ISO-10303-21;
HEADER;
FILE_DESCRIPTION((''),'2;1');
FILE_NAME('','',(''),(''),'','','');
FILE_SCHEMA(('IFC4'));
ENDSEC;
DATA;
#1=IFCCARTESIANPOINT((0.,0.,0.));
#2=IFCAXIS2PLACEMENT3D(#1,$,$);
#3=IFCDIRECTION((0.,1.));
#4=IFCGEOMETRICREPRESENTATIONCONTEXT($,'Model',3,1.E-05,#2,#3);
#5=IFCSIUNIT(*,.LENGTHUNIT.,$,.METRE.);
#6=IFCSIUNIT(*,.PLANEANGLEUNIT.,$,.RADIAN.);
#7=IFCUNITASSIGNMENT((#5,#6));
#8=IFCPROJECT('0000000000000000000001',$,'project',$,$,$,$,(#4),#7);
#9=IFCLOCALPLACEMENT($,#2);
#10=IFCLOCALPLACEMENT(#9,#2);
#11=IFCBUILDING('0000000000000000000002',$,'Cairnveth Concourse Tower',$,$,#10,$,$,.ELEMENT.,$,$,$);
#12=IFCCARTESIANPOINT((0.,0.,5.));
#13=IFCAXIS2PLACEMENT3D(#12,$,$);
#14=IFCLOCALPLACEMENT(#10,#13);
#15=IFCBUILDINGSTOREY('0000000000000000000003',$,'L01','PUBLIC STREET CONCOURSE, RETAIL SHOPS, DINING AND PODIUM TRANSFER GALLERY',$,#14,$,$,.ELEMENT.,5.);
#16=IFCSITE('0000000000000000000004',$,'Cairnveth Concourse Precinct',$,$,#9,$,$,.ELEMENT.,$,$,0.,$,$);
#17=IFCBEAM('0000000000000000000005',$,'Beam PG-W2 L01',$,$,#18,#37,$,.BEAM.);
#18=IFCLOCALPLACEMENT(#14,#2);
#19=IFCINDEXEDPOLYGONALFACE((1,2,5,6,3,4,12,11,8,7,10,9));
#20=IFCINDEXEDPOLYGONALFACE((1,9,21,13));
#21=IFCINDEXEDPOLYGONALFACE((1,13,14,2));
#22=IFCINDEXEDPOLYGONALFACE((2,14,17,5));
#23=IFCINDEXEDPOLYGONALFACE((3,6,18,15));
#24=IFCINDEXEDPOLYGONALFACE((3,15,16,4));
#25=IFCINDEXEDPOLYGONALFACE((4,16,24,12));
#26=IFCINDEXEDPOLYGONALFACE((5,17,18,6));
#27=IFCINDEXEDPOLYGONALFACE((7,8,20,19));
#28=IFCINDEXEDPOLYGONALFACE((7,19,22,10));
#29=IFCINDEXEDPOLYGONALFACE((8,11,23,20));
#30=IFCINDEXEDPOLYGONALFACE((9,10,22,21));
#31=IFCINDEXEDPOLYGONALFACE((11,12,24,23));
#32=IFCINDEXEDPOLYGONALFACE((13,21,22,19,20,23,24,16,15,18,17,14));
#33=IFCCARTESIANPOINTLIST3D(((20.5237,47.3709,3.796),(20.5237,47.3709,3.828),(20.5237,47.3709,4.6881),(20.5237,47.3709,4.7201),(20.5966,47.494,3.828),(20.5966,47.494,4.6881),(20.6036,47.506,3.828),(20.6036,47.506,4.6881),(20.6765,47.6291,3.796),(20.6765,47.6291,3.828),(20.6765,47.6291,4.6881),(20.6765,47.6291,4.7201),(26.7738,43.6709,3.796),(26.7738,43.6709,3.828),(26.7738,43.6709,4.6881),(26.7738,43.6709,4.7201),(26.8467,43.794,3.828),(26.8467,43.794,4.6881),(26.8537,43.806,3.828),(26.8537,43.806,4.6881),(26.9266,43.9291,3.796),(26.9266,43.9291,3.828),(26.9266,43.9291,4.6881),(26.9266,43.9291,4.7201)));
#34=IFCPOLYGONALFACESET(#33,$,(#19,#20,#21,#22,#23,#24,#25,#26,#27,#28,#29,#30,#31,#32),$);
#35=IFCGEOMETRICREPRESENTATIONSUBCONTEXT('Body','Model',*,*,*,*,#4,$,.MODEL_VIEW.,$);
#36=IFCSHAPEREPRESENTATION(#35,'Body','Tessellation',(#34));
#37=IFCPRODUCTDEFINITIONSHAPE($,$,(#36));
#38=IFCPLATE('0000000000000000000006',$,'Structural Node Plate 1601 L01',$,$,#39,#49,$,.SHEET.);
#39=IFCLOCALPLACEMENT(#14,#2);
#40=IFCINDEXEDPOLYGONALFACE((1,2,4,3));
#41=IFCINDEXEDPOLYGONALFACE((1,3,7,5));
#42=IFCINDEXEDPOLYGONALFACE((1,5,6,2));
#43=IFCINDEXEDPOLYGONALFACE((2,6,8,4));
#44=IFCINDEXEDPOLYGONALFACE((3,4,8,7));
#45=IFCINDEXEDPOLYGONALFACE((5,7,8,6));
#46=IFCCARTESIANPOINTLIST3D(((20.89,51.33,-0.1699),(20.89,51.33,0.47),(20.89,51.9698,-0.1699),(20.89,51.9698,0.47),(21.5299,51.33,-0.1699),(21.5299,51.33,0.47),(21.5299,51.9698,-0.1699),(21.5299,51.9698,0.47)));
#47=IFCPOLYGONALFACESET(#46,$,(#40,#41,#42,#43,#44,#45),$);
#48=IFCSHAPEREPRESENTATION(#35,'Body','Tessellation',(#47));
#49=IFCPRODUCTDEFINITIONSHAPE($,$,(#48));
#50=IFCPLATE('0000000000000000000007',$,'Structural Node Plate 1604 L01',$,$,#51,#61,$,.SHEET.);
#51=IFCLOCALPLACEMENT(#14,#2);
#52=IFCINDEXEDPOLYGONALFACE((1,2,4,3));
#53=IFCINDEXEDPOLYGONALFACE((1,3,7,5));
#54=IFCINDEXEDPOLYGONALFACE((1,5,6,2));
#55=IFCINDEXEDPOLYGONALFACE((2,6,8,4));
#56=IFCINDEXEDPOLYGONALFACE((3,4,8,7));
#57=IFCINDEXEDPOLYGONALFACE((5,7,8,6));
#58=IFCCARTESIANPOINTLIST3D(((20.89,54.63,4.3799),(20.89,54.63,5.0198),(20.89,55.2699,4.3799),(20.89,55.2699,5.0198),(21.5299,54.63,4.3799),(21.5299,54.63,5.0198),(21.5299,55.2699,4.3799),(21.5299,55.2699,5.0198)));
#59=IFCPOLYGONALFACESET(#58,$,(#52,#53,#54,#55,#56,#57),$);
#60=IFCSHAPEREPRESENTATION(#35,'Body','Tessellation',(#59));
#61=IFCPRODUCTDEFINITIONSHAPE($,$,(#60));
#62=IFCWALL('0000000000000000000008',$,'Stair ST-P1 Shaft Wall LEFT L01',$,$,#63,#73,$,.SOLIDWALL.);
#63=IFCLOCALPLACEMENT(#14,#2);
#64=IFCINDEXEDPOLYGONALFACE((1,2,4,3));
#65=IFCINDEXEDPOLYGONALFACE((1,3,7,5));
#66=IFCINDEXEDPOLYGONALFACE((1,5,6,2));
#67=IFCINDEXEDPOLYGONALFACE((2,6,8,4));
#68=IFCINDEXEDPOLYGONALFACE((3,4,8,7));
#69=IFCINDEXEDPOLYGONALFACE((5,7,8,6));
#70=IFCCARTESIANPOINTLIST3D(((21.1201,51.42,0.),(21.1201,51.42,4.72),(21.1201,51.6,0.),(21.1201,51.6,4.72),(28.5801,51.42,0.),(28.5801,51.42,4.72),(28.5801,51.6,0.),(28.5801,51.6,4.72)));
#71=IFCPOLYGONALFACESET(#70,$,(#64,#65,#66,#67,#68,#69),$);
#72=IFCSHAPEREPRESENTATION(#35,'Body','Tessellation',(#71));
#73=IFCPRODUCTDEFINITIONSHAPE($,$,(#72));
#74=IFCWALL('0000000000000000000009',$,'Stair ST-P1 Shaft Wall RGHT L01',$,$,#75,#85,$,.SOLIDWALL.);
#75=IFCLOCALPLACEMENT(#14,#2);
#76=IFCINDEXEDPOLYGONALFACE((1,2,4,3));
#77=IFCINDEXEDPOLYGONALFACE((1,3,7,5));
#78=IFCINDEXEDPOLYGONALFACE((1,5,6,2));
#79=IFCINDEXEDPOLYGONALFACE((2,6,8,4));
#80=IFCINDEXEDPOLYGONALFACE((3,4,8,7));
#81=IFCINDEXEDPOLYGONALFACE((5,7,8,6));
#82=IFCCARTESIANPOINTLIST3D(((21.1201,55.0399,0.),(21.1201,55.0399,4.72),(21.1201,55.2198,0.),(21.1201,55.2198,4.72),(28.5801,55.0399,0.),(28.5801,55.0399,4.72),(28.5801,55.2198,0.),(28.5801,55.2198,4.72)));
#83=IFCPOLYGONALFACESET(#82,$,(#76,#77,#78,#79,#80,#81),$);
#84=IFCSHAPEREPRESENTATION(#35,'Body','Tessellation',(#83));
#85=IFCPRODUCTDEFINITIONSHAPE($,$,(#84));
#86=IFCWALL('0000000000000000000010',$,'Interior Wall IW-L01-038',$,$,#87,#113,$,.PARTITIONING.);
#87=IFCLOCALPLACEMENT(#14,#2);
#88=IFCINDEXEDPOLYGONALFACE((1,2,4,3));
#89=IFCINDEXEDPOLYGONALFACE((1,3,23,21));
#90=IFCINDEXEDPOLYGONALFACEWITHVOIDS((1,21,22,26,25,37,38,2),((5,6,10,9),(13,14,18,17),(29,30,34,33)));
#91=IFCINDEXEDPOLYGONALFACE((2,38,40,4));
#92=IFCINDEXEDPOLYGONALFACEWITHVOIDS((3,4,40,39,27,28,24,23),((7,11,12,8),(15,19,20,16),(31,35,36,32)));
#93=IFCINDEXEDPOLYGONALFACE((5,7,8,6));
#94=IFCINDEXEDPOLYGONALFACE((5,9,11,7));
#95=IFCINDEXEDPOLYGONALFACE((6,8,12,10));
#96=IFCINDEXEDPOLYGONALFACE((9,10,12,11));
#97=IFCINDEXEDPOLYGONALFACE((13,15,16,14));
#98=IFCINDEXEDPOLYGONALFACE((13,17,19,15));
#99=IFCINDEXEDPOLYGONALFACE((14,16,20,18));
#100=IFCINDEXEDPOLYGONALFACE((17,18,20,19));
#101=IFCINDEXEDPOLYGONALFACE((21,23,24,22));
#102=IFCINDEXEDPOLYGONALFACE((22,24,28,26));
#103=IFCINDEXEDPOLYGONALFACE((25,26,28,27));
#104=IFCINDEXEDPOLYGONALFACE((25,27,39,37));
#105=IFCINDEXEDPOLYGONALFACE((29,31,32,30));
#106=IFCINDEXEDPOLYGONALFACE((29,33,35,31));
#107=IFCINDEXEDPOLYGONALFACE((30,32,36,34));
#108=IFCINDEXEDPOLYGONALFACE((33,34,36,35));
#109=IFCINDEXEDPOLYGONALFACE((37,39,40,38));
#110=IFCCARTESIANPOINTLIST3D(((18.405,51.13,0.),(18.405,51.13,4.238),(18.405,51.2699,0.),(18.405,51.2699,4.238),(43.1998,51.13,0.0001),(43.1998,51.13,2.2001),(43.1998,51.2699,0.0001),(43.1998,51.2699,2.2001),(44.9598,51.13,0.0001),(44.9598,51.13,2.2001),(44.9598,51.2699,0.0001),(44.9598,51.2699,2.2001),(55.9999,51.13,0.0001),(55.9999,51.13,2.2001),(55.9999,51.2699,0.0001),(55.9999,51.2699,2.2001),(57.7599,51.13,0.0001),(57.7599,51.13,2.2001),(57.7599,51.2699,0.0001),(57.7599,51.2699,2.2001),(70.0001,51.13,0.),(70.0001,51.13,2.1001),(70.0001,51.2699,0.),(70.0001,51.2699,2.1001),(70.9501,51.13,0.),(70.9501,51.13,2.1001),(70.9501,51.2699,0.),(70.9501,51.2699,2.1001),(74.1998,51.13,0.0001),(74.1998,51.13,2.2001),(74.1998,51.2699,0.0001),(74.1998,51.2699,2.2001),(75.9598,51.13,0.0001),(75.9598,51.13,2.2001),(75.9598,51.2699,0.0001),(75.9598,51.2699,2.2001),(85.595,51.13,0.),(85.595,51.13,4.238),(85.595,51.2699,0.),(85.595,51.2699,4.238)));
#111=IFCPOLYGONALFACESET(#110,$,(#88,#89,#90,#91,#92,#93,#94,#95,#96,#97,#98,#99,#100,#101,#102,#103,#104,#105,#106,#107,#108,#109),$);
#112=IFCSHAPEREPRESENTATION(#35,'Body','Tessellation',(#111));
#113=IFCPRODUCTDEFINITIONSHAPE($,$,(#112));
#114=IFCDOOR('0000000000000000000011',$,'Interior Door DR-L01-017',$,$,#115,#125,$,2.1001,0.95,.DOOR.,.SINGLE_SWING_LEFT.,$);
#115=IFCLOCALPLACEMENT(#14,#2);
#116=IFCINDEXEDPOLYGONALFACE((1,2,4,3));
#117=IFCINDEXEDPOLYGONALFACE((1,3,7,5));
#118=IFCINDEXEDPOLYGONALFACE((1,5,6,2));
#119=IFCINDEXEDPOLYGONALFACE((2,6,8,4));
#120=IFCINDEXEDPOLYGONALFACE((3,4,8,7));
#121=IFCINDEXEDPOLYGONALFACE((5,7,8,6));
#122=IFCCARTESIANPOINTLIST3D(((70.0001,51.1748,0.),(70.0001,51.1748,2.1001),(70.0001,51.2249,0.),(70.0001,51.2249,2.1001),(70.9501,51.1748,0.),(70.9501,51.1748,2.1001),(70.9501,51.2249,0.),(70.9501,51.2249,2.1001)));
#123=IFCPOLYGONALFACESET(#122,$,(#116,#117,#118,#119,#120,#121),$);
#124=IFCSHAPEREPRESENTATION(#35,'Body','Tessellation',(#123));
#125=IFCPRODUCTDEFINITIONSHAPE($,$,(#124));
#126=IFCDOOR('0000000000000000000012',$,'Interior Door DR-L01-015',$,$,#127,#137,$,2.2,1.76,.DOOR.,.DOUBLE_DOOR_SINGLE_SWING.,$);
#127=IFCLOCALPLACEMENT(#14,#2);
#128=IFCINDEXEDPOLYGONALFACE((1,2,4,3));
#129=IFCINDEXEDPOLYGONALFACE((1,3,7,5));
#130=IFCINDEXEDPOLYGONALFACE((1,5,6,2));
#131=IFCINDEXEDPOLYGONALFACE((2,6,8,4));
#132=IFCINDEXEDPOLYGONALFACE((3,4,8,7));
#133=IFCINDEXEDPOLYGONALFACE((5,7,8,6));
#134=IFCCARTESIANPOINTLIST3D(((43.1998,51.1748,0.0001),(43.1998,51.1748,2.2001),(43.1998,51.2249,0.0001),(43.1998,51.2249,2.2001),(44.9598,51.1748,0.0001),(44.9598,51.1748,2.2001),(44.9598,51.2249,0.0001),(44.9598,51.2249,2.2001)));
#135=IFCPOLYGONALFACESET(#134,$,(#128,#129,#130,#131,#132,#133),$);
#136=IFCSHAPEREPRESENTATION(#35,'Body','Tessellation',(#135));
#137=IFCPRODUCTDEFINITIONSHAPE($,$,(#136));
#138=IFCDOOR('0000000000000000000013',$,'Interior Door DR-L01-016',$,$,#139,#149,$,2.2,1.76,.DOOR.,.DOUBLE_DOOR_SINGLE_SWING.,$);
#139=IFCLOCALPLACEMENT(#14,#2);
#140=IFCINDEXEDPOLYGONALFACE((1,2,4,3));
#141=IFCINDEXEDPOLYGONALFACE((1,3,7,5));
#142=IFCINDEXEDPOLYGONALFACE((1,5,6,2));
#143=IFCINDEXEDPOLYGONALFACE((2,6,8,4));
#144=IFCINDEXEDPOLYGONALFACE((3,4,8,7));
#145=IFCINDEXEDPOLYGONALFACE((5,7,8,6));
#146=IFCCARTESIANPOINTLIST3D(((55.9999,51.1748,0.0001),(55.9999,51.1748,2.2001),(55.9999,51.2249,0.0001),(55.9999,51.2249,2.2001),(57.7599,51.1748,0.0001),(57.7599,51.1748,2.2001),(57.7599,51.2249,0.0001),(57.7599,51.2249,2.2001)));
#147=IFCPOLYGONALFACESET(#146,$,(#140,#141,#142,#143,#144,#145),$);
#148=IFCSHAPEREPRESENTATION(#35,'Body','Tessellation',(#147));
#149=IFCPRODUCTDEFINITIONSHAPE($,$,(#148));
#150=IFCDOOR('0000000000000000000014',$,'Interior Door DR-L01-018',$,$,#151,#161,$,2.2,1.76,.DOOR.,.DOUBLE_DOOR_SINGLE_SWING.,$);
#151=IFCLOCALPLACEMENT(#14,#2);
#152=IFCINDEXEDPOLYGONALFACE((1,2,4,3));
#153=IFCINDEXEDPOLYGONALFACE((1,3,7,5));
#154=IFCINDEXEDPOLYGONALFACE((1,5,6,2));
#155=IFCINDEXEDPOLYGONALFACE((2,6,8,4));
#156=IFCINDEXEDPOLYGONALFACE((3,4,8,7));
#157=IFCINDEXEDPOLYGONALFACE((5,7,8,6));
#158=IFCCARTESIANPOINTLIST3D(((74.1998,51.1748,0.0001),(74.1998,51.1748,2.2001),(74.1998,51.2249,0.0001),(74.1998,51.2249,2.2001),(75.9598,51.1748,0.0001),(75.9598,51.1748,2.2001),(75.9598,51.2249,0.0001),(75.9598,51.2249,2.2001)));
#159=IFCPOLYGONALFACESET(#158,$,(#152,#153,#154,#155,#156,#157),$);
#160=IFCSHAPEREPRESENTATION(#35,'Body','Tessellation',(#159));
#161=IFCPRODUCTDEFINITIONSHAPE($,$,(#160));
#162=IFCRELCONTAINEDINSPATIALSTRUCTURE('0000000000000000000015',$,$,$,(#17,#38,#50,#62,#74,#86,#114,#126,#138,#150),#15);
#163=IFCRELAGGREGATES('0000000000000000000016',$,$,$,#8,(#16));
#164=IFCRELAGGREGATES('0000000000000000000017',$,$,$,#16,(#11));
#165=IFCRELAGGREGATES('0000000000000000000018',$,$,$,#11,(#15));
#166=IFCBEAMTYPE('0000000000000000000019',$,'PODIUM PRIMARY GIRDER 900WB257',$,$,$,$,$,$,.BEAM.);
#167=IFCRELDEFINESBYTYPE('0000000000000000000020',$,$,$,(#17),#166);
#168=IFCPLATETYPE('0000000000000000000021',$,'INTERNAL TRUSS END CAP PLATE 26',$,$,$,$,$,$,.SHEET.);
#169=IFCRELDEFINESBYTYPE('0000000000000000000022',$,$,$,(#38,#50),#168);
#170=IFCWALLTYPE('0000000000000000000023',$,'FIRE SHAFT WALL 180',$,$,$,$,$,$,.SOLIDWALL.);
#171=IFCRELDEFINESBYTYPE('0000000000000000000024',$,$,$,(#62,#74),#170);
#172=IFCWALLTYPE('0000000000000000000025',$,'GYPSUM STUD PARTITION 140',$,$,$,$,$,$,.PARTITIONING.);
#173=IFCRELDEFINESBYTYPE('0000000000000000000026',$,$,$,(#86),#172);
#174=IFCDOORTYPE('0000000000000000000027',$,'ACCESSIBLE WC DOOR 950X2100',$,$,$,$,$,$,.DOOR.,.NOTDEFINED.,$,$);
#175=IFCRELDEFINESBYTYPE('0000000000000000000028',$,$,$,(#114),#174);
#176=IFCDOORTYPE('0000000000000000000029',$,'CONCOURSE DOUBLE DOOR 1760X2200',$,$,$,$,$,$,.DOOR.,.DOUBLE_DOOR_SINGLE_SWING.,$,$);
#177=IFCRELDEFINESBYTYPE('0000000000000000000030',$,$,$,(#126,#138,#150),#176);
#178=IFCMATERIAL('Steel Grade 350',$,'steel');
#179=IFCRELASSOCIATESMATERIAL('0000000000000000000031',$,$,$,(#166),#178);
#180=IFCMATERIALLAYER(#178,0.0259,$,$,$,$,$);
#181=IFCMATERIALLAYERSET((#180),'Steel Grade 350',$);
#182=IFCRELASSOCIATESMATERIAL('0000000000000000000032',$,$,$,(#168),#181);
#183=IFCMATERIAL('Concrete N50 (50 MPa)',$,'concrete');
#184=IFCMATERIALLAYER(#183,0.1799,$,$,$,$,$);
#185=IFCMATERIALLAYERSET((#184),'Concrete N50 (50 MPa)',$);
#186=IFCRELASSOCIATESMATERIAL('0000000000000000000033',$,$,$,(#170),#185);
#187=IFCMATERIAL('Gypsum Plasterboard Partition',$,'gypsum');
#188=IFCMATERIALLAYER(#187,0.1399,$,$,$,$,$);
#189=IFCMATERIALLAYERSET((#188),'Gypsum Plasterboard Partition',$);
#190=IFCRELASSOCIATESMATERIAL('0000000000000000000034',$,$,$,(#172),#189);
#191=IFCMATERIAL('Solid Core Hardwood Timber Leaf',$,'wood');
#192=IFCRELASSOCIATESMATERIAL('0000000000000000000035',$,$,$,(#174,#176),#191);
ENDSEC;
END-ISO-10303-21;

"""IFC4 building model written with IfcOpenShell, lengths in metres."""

from ifc_helpers import new_model, si_unit, direction, frame, frame_2d, origin, origin_2d, place, context, subcontext, project, spatial, rectangle, i_section, extrude, material, layer, layer_set, material_profile, profile_set, type_object, element, fill, save


model = new_model("IFC4")

# Units and contexts
model_context = context("Model", 3, precision=1e-05, world=origin(), true_north=direction((0.0, 1.0)))
body_context = subcontext(model_context, "Body", "Model", "MODEL_VIEW")
ifc_project = project(units=[si_unit("LENGTHUNIT", "METRE"), si_unit("PLANEANGLEUNIT", "RADIAN")], contexts=[model_context])

# Site, building, storey
site_placement = place(None, origin())
site = spatial("IfcSite", under=ifc_project, at=site_placement, Name="Cairnveth Concourse Precinct", CompositionType="ELEMENT", RefElevation=0.0)
building_placement = place(site_placement, origin())
building = spatial("IfcBuilding", under=site, at=building_placement, Name="Cairnveth Concourse Tower", CompositionType="ELEMENT")
storey_placement = place(building_placement, frame((0.0, 0.0, 5.0)))
storey = spatial("IfcBuildingStorey", under=building, at=storey_placement, Name="L01", Description="PUBLIC STREET CONCOURSE, RETAIL SHOPS, DINING AND PODIUM TRANSFER GALLERY", CompositionType="ELEMENT", Elevation=5.0)

# Beam
ifc_material_1 = material(Name="Steel Grade 350", Category="steel")
ifc_material_profile_1 = material_profile(ifc_material_1, i_section(OverallWidth=0.3, OverallDepth=0.9241, WebThickness=0.0139, FlangeThickness=0.032, at=origin_2d()), Name="900WB257")
ifc_profile_set_1 = profile_set([ifc_material_profile_1], Name="Steel Grade 350")
beam_type_1 = type_object("IfcBeamType", Name="PODIUM PRIMARY GIRDER 900WB257", PredefinedType="BEAM", material=ifc_profile_set_1)
beam_1_placement = place(storey_placement, frame((20.6001, 47.5, 4.2581), z_axis=(0.860518, -0.50942, 0.0), x_axis=(0.50942, 0.860518, 0.0)))
element("IfcBeam", 1, at=beam_1_placement, inside=storey, type_object=beam_type_1, Name="Beam PG-W2 L01", PredefinedType="BEAM", context=body_context, shape_type="SweptSolid", body=[
    extrude(i_section(OverallWidth=0.3, OverallDepth=0.9241, WebThickness=0.0139, FlangeThickness=0.032, at=origin_2d()), origin(), (0.0, 0.0, 1.0), 7.2632),
])

# Plates
ifc_layer_1 = layer(ifc_material_1, 0.0259)
ifc_layer_set_1 = layer_set([ifc_layer_1], Name="Steel Grade 350")
plate_type = type_object("IfcPlateType", Name="INTERNAL TRUSS END CAP PLATE 26", PredefinedType="SHEET", material=ifc_layer_set_1)
for number, where, z_axis, x_axis, name in (
    (2, (21.21, 51.6499, -0.1699), (0.0, 0.0, 1.0), (1.0, 0.0, 0.0), "Structural Node Plate 1601 L01"),
    (3, (21.21, 54.95, 4.3799), (0.0, 0.0, 1.0), (1.0, 0.0, 0.0), "Structural Node Plate 1604 L01"),
):
    element("IfcPlate", number, at=place(storey_placement, frame(where, z_axis=z_axis, x_axis=x_axis)), inside=storey, type_object=plate_type, Name=name, PredefinedType="SHEET", context=body_context, shape_type="SweptSolid", body=[
        extrude(rectangle(XDim=0.6399, YDim=0.6399, at=origin_2d()), origin(), (0.0, 0.0, 1.0), 0.6399),
    ])

# Shared definitions
ifc_material_2 = material(Name="Concrete N50 (50 MPa)", Category="concrete")
ifc_layer_2 = layer(ifc_material_2, 0.1799)
ifc_layer_set_2 = layer_set([ifc_layer_2], Name="Concrete N50 (50 MPa)")
wall_type_1 = type_object("IfcWallType", Name="FIRE SHAFT WALL 180", PredefinedType="SOLIDWALL", material=ifc_layer_set_2)

# Walls
for number, where, z_axis, x_axis, name in (
    (4, (21.1201, 51.51, 0.0), (0.0, 0.0, 1.0), (1.0, 0.0, 0.0), "Stair ST-P1 Shaft Wall LEFT L01"),
    (5, (21.1201, 55.1299, 0.0), (0.0, 0.0, 1.0), (1.0, 0.0, 0.0), "Stair ST-P1 Shaft Wall RGHT L01"),
):
    element("IfcWall", number, at=place(storey_placement, frame(where, z_axis=z_axis, x_axis=x_axis)), inside=storey, type_object=wall_type_1, Name=name, PredefinedType="SOLIDWALL", context=body_context, shape_type="SweptSolid", body=[
        extrude(rectangle(XDim=7.46, YDim=0.1799, at=frame_2d((3.73, 0.0))), origin(), (0.0, 0.0, 1.0), 4.72),
    ])

# Wall, openings, doors
ifc_material_3 = material(Name="Gypsum Plasterboard Partition", Category="gypsum")
ifc_layer_3 = layer(ifc_material_3, 0.1399)
ifc_layer_set_3 = layer_set([ifc_layer_3], Name="Gypsum Plasterboard Partition")
wall_type_2 = type_object("IfcWallType", Name="GYPSUM STUD PARTITION 140", PredefinedType="PARTITIONING", material=ifc_layer_set_3)
wall_1_placement = place(storey_placement, frame((18.405, 51.2, 0.0), z_axis=(0.0, 0.0, 1.0), x_axis=(1.0, 0.0, 0.0)))
wall_1 = element("IfcWall", 6, at=wall_1_placement, inside=storey, type_object=wall_type_2, Name="Interior Wall IW-L01-038", PredefinedType="PARTITIONING", context=body_context, shape_type="SweptSolid", body=[
    extrude(rectangle(XDim=67.1899, YDim=0.1399, at=frame_2d((33.595, 0.0))), origin(), (0.0, 0.0, 1.0), 4.238),
])
opening_1_placement = place(wall_1_placement, frame((24.7949, 0.0, 0.0)))
opening_1 = element("IfcOpeningElement", 7, at=opening_1_placement, cuts=wall_1, PredefinedType="OPENING", context=body_context, shape_type="SweptSolid", body=[
    extrude(rectangle(XDim=1.76, YDim=2.2, at=frame_2d((0.8799, 1.1001))), frame((0.0, 0.0798, 0.0), z_axis=(0.0, -1.0, 0.0), x_axis=(1.0, 0.0, 0.0)), (0.0, 0.0, 1.0), 0.1599),
])
opening_2_placement = place(wall_1_placement, frame((37.595, 0.0, 0.0)))
opening_2 = element("IfcOpeningElement", 8, at=opening_2_placement, cuts=wall_1, PredefinedType="OPENING", context=body_context, shape_type="SweptSolid", body=[
    extrude(rectangle(XDim=1.76, YDim=2.2, at=frame_2d((0.8799, 1.1001))), frame((0.0, 0.0798, 0.0), z_axis=(0.0, -1.0, 0.0), x_axis=(1.0, 0.0, 0.0)), (0.0, 0.0, 1.0), 0.1599),
])
opening_3_placement = place(wall_1_placement, frame((51.595, 0.0, 0.0)))
opening_3 = element("IfcOpeningElement", 9, at=opening_3_placement, cuts=wall_1, PredefinedType="OPENING", context=body_context, shape_type="SweptSolid", body=[
    extrude(rectangle(XDim=0.95, YDim=2.1001, at=frame_2d((0.4751, 1.05))), frame((0.0, 0.0798, 0.0), z_axis=(0.0, -1.0, 0.0), x_axis=(1.0, 0.0, 0.0)), (0.0, 0.0, 1.0), 0.1599),
])
opening_4_placement = place(wall_1_placement, frame((55.7949, 0.0, 0.0)))
opening_4 = element("IfcOpeningElement", 10, at=opening_4_placement, cuts=wall_1, PredefinedType="OPENING", context=body_context, shape_type="SweptSolid", body=[
    extrude(rectangle(XDim=1.76, YDim=2.2, at=frame_2d((0.8799, 1.1001))), frame((0.0, 0.0798, 0.0), z_axis=(0.0, -1.0, 0.0), x_axis=(1.0, 0.0, 0.0)), (0.0, 0.0, 1.0), 0.1599),
])
ifc_material_4 = material(Name="Solid Core Hardwood Timber Leaf", Category="wood")
door_type_1 = type_object("IfcDoorType", Name="ACCESSIBLE WC DOOR 950X2100", OperationType="NOTDEFINED", PredefinedType="DOOR", material=ifc_material_4)
door_1_placement = place(opening_3_placement, origin())
door_1 = element("IfcDoor", 11, at=door_1_placement, inside=storey, type_object=door_type_1, Name="Interior Door DR-L01-017", OperationType="SINGLE_SWING_LEFT", OverallHeight=2.1001, OverallWidth=0.95, PredefinedType="DOOR", context=body_context, shape_type="SweptSolid", body=[
    extrude(rectangle(XDim=0.95, YDim=2.1001, at=frame_2d((0.4751, 1.05))), frame((0.0, 0.0249, 0.0), z_axis=(0.0, -1.0, 0.0), x_axis=(1.0, 0.0, 0.0)), (0.0, 0.0, 1.0), 0.05),
])
fill(opening_3, door_1)
door_type_2 = type_object("IfcDoorType", Name="CONCOURSE DOUBLE DOOR 1760X2200", OperationType="DOUBLE_DOOR_SINGLE_SWING", PredefinedType="DOOR", material=ifc_material_4)
door_2_placement = place(opening_1_placement, origin())
door_2 = element("IfcDoor", 12, at=door_2_placement, inside=storey, type_object=door_type_2, Name="Interior Door DR-L01-015", OperationType="DOUBLE_DOOR_SINGLE_SWING", OverallHeight=2.2, OverallWidth=1.76, PredefinedType="DOOR", context=body_context, shape_type="SweptSolid", body=[
    extrude(rectangle(XDim=1.76, YDim=2.2, at=frame_2d((0.8799, 1.1001))), frame((0.0, 0.0249, 0.0), z_axis=(0.0, -1.0, 0.0), x_axis=(1.0, 0.0, 0.0)), (0.0, 0.0, 1.0), 0.05),
])
fill(opening_1, door_2)
door_3_placement = place(opening_2_placement, origin())
door_3 = element("IfcDoor", 13, at=door_3_placement, inside=storey, type_object=door_type_2, Name="Interior Door DR-L01-016", OperationType="DOUBLE_DOOR_SINGLE_SWING", OverallHeight=2.2, OverallWidth=1.76, PredefinedType="DOOR", context=body_context, shape_type="SweptSolid", body=[
    extrude(rectangle(XDim=1.76, YDim=2.2, at=frame_2d((0.8799, 1.1001))), frame((0.0, 0.0249, 0.0), z_axis=(0.0, -1.0, 0.0), x_axis=(1.0, 0.0, 0.0)), (0.0, 0.0, 1.0), 0.05),
])
fill(opening_2, door_3)
door_4_placement = place(opening_4_placement, origin())
door_4 = element("IfcDoor", 14, at=door_4_placement, inside=storey, type_object=door_type_2, Name="Interior Door DR-L01-018", OperationType="DOUBLE_DOOR_SINGLE_SWING", OverallHeight=2.2, OverallWidth=1.76, PredefinedType="DOOR", context=body_context, shape_type="SweptSolid", body=[
    extrude(rectangle(XDim=1.76, YDim=2.2, at=frame_2d((0.8799, 1.1001))), frame((0.0, 0.0249, 0.0), z_axis=(0.0, -1.0, 0.0), x_axis=(1.0, 0.0, 0.0)), (0.0, 0.0, 1.0), 0.05),
])
fill(opening_4, door_4)

save(model, "model.ifc")
